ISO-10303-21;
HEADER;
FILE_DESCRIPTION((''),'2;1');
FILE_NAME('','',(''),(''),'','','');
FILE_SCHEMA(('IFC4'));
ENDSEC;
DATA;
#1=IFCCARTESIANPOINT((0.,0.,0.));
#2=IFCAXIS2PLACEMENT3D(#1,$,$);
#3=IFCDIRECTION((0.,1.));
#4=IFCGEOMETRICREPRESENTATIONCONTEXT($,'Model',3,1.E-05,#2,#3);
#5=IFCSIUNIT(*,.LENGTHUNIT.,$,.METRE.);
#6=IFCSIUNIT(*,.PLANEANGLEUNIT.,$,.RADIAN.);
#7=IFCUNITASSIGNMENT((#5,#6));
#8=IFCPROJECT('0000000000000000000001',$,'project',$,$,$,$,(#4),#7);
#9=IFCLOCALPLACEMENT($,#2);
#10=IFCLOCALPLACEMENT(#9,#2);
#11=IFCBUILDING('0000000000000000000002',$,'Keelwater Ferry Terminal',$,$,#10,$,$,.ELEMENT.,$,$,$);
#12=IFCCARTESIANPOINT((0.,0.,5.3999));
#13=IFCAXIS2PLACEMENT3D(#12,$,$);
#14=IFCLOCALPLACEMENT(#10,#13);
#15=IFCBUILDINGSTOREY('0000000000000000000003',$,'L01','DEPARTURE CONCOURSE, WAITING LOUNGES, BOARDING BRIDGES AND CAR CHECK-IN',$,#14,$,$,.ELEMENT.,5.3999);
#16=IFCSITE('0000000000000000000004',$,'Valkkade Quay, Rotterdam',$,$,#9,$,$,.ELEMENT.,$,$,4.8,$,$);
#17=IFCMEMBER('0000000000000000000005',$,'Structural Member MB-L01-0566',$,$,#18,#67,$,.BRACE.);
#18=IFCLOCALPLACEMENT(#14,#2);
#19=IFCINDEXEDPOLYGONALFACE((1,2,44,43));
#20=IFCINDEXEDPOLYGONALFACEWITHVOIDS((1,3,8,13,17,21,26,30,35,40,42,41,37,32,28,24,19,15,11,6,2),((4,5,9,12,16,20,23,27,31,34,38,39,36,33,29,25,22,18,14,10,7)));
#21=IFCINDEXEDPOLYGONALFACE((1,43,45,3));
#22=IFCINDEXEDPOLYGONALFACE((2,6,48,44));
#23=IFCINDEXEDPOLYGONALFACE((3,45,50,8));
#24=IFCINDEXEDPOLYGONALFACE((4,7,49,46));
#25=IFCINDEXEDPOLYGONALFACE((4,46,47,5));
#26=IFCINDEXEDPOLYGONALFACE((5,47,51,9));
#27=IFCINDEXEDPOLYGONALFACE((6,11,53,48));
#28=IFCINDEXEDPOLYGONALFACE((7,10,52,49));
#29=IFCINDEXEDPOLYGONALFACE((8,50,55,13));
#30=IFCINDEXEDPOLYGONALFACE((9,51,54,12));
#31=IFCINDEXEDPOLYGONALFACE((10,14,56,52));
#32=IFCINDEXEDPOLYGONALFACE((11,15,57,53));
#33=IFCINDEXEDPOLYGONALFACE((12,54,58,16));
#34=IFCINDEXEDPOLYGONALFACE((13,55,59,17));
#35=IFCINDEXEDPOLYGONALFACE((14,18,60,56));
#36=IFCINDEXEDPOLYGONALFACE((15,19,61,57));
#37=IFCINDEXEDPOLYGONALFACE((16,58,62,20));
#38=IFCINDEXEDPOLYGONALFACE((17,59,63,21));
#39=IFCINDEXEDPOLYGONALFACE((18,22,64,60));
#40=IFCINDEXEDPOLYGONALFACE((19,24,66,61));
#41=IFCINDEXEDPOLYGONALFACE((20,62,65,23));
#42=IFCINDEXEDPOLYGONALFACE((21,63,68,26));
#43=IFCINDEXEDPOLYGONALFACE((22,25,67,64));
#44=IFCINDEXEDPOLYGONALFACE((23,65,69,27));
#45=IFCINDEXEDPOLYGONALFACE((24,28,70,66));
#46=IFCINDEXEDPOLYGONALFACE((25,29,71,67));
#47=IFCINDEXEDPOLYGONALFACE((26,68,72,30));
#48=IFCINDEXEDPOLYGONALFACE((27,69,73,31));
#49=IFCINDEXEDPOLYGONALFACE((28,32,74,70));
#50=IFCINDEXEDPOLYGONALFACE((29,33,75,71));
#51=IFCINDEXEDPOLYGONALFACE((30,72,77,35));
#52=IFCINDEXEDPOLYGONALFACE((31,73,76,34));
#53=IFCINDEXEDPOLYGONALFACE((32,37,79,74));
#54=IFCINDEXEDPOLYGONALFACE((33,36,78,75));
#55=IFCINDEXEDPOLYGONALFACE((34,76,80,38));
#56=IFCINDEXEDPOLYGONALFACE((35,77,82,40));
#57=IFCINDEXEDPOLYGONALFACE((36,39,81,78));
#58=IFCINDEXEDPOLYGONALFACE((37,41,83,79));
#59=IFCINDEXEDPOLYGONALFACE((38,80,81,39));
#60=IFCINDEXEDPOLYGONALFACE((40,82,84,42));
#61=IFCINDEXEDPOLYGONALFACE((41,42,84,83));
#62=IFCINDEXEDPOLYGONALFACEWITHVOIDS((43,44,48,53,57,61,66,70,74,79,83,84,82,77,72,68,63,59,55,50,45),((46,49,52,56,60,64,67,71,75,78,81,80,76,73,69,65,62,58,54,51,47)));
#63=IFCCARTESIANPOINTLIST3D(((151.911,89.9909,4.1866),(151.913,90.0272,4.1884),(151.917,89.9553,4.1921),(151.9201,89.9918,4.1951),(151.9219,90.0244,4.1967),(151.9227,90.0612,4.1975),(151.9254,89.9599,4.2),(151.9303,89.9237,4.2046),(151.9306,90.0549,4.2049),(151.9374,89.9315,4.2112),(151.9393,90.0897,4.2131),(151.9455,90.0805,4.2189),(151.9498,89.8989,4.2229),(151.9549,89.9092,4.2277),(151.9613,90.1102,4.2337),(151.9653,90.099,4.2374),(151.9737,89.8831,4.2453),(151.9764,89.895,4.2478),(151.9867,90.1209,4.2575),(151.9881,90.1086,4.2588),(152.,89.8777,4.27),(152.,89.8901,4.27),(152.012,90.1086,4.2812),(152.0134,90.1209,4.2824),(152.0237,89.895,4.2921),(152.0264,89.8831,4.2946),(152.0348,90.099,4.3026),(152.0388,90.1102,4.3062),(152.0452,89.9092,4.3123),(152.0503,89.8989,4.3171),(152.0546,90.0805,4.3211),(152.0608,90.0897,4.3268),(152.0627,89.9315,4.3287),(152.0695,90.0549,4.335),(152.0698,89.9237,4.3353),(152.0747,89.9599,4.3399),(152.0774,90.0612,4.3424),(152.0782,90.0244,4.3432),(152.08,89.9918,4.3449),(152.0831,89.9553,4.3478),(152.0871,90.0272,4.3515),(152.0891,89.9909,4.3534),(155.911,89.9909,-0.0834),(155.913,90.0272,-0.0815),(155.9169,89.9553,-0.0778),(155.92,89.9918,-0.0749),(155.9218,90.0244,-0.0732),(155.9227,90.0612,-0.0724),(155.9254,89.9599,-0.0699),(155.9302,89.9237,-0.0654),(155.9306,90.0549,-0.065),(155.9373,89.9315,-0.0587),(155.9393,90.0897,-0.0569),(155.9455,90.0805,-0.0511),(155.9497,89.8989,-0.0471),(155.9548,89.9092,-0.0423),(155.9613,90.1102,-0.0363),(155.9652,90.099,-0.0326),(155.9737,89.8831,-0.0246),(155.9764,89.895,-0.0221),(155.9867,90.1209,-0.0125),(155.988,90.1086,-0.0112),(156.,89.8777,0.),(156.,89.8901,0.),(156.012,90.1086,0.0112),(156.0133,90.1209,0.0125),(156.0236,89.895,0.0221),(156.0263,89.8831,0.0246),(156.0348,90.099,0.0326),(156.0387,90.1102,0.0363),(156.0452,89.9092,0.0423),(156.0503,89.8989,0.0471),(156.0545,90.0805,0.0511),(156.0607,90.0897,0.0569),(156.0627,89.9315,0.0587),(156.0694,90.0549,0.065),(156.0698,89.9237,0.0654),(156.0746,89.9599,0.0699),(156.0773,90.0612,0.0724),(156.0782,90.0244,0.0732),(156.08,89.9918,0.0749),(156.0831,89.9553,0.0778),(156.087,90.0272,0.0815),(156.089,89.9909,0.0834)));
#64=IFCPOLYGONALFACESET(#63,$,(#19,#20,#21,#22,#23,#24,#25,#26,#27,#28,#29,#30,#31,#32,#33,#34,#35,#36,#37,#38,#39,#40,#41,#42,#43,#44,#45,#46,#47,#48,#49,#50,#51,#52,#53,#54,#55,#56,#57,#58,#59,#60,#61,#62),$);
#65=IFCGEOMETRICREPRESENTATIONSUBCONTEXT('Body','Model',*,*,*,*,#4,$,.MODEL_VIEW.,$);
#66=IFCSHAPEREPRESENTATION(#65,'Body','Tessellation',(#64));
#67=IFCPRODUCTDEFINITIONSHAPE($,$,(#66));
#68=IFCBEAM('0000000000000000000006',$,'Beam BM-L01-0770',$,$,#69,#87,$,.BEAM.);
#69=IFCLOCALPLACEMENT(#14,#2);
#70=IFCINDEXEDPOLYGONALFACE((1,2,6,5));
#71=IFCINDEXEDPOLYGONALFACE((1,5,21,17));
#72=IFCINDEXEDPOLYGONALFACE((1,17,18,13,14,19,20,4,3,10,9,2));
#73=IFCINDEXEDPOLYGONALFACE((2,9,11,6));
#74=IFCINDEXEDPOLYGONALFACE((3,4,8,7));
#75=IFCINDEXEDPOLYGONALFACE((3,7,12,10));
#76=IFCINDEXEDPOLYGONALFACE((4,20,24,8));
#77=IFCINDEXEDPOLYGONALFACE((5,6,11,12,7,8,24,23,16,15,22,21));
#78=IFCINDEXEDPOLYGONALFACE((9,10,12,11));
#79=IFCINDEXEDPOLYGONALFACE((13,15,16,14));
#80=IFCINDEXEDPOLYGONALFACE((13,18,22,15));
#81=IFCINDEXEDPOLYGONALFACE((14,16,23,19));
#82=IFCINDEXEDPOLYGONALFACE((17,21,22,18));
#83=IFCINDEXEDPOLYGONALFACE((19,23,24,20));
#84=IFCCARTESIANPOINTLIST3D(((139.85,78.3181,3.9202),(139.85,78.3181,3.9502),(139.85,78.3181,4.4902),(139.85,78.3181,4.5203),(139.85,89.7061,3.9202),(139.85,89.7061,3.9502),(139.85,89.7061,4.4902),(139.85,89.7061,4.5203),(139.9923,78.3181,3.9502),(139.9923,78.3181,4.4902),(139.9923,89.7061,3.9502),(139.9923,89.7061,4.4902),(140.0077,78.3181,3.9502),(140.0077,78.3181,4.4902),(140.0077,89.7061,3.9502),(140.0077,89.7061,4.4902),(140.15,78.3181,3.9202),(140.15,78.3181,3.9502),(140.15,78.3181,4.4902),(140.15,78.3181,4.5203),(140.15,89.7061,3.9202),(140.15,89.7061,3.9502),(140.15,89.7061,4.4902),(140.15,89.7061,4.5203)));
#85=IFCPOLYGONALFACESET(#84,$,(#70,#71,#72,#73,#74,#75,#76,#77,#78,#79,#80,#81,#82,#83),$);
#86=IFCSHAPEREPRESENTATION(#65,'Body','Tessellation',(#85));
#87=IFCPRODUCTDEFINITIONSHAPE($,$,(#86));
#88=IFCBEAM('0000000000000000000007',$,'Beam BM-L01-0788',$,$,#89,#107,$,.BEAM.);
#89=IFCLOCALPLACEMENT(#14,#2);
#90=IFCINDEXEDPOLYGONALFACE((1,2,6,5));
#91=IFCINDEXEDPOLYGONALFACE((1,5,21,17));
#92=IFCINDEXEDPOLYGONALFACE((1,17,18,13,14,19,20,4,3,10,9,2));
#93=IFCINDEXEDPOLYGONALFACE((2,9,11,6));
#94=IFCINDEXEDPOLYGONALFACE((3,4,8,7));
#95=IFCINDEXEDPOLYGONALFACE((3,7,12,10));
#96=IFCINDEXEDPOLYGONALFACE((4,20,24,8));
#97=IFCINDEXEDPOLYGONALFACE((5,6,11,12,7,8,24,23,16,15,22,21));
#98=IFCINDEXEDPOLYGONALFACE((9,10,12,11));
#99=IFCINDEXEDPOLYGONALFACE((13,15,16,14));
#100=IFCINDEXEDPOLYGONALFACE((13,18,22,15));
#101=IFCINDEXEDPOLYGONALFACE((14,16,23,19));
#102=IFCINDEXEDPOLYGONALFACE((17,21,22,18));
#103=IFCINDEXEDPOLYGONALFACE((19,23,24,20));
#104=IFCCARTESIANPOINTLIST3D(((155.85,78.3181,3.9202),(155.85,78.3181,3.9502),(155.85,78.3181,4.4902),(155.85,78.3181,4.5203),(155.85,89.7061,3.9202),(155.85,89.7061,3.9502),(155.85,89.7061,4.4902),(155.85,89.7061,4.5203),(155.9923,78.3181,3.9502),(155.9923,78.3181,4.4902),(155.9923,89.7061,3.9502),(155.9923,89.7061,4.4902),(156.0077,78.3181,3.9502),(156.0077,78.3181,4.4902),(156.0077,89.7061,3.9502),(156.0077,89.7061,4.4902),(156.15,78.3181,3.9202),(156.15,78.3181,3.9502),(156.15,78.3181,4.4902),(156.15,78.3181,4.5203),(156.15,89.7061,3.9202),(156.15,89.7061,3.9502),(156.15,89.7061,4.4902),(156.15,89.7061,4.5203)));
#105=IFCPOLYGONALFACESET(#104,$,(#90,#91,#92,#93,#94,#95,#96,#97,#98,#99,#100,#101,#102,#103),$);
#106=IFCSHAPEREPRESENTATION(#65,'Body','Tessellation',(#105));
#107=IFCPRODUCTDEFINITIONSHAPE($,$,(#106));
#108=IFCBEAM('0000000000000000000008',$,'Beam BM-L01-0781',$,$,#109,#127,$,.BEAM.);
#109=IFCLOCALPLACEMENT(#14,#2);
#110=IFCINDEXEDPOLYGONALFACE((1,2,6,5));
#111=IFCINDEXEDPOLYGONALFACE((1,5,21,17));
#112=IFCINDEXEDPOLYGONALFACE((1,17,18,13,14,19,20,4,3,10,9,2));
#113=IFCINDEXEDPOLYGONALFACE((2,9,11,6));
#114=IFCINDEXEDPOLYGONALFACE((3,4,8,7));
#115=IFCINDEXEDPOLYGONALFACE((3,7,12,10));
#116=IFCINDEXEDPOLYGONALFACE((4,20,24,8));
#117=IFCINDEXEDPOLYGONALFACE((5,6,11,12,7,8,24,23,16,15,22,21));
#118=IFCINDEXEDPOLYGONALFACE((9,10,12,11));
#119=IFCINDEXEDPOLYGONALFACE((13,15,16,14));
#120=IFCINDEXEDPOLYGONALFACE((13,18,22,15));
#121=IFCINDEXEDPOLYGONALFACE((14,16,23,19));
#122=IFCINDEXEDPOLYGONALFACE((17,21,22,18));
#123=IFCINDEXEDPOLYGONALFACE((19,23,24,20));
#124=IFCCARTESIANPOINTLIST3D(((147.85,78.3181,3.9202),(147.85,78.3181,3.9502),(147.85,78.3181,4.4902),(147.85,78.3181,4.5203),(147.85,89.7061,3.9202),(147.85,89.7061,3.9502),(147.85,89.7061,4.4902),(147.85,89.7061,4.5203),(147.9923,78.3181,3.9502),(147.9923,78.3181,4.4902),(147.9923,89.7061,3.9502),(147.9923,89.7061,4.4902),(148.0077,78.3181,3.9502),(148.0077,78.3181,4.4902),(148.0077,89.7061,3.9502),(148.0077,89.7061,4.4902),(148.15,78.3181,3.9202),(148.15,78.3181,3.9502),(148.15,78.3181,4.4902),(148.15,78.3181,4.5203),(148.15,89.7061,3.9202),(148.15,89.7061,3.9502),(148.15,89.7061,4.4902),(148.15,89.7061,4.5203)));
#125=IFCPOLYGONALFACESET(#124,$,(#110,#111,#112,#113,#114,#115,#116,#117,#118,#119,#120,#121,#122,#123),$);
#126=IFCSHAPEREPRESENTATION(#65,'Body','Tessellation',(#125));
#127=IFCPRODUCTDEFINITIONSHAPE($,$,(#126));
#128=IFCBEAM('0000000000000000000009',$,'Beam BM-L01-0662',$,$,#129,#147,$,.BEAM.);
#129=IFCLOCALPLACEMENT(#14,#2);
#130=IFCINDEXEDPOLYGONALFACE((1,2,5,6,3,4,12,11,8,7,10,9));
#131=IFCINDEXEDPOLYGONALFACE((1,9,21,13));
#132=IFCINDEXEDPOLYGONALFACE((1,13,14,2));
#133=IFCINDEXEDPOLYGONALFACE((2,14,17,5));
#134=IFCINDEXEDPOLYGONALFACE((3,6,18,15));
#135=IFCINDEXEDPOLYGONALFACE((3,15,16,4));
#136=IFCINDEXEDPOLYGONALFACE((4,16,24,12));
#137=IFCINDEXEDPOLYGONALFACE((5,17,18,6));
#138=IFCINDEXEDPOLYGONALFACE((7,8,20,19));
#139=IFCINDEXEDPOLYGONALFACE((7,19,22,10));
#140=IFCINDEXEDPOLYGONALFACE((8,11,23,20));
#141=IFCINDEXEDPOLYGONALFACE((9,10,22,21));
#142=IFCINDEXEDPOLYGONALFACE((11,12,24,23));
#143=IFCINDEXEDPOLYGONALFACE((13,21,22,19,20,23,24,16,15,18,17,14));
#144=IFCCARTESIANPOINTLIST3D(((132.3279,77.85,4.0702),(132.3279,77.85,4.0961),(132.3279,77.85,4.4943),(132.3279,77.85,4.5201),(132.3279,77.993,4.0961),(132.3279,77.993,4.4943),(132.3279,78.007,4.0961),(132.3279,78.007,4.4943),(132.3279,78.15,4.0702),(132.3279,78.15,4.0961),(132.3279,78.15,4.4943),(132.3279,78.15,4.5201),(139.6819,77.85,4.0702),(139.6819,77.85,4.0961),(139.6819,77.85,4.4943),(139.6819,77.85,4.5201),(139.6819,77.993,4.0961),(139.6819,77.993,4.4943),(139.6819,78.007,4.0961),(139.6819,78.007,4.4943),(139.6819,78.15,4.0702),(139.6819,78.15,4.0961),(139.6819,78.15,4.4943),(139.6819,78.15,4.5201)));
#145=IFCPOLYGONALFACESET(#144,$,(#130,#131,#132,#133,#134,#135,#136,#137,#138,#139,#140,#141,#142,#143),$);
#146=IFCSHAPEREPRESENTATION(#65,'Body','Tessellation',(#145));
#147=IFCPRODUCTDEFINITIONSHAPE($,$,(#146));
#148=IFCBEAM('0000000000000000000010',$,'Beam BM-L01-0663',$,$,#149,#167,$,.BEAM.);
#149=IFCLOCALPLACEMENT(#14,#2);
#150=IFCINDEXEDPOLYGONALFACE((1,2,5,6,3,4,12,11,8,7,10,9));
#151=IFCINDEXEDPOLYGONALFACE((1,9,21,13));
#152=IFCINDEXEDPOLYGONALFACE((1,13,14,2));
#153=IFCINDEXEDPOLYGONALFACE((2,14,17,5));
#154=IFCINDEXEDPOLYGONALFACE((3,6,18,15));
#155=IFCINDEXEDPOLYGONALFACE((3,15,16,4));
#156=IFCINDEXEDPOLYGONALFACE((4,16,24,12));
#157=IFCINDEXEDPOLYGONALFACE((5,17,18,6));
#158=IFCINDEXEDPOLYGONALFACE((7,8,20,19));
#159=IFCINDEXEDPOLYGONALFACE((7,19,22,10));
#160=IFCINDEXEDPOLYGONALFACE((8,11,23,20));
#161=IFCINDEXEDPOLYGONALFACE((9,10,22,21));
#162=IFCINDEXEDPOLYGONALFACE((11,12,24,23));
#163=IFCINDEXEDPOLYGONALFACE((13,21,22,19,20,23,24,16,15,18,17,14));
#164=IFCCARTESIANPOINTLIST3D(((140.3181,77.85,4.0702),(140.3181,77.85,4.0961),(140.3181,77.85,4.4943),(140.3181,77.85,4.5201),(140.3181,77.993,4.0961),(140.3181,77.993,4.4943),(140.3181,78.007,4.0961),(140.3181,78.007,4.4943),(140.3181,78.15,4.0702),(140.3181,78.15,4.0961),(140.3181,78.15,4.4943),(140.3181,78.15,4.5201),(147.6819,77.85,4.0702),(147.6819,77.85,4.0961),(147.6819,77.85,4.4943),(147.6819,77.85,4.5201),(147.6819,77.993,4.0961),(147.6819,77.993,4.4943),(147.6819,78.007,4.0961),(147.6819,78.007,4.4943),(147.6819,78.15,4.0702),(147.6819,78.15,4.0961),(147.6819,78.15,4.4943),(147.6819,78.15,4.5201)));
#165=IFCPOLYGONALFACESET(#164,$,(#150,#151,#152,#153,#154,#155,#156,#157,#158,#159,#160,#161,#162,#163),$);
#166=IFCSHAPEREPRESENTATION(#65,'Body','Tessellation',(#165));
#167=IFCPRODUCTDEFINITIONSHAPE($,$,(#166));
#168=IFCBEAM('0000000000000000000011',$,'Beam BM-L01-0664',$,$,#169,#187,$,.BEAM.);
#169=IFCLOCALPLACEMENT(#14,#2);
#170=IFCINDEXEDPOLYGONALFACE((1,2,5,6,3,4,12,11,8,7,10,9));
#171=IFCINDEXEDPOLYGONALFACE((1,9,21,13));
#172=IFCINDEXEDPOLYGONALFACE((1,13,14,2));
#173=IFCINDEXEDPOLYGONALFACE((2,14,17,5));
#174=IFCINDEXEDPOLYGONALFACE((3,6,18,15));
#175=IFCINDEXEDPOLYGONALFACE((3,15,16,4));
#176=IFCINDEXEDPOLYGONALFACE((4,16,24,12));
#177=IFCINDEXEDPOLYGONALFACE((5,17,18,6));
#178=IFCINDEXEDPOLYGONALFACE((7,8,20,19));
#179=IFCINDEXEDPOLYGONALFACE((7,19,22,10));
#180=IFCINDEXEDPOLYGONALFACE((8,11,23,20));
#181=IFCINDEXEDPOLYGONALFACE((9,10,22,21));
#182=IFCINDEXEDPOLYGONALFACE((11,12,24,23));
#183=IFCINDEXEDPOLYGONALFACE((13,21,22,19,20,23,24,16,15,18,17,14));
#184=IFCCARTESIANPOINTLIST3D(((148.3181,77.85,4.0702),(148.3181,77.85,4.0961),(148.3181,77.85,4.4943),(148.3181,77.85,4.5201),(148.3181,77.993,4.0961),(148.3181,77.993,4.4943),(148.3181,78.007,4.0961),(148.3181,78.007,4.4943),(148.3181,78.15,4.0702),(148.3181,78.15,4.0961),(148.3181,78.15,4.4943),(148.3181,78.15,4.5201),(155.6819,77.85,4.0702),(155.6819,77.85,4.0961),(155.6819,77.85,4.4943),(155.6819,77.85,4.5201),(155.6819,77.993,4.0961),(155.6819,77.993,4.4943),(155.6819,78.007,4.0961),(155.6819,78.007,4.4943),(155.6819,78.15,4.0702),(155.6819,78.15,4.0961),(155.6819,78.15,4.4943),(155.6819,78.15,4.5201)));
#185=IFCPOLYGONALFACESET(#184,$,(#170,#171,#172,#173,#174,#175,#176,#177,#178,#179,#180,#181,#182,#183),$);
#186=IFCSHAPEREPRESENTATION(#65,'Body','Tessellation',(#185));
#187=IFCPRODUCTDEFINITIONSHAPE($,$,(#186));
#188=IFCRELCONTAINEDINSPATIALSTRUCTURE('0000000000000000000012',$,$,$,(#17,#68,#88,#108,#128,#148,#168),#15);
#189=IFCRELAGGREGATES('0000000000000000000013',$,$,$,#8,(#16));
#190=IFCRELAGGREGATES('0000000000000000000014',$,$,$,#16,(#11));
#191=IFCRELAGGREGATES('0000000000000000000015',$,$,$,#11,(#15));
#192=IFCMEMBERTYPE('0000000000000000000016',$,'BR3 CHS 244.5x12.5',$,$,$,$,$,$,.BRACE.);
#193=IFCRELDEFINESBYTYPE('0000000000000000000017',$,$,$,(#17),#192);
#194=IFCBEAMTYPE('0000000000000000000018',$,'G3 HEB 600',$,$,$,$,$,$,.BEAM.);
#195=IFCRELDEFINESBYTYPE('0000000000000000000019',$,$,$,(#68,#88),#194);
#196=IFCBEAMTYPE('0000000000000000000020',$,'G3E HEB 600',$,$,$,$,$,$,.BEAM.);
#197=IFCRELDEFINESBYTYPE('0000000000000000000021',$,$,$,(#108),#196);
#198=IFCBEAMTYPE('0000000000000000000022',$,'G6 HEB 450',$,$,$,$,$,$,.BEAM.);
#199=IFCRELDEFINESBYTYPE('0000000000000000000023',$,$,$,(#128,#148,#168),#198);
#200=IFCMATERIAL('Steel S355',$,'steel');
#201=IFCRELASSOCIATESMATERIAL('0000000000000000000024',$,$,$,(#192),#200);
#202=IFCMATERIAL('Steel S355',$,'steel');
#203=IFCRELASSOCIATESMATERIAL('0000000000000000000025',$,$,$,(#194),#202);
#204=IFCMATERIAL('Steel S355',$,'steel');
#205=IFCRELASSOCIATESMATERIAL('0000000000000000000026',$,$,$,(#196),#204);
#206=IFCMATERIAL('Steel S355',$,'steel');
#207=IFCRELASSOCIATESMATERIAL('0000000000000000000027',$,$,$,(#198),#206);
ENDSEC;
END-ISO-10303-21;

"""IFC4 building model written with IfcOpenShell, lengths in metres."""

from ifc_helpers import new_model, si_unit, direction, frame, origin, origin_2d, place, context, subcontext, project, spatial, hollow_circle, i_section, extrude, material, material_profile, profile_set, type_object, element, save


model = new_model("IFC4")

# Units and contexts
model_context = context("Model", 3, precision=1e-05, world=origin(), true_north=direction((0.0, 1.0)))
body_context = subcontext(model_context, "Body", "Model", "MODEL_VIEW")
ifc_project = project(units=[si_unit("LENGTHUNIT", "METRE"), si_unit("PLANEANGLEUNIT", "RADIAN")], contexts=[model_context])

# Site, building, storey
site_placement = place(None, origin())
site = spatial("IfcSite", under=ifc_project, at=site_placement, Name="Valkkade Quay, Rotterdam", CompositionType="ELEMENT", RefElevation=4.8)
building_placement = place(site_placement, origin())
building = spatial("IfcBuilding", under=site, at=building_placement, Name="Keelwater Ferry Terminal", CompositionType="ELEMENT")
storey_placement = place(building_placement, frame((0.0, 0.0, 5.3999)))
storey = spatial("IfcBuildingStorey", under=building, at=storey_placement, Name="L01", Description="DEPARTURE CONCOURSE, WAITING LOUNGES, BOARDING BRIDGES AND CAR CHECK-IN", CompositionType="ELEMENT", Elevation=5.3999)

# Member
ifc_material_1 = material(Name="Steel S355", Category="steel")
ifc_material_profile_1 = material_profile(ifc_material_1, hollow_circle(Radius=0.1223, WallThickness=0.0125, at=origin_2d()), Name="CHS 244.5x12.5")
ifc_profile_set_1 = profile_set([ifc_material_profile_1], Name="Steel S355")
member_type_1 = type_object("IfcMemberType", Name="BR3 CHS 244.5x12.5", PredefinedType="BRACE", material=ifc_profile_set_1)
for number, where, z_axis, x_axis, name in (
    (1, (156.0, 90.0, 0.0), (-0.683655, 0.0, 0.729805), (0.0, -1.0, 0.0), "Structural Member MB-L01-0566"),
):
    element("IfcMember", number, at=place(storey_placement, frame(where, z_axis=z_axis, x_axis=x_axis)), inside=storey, type_object=member_type_1, Name=name, PredefinedType="BRACE", context=body_context, shape_type="SweptSolid", body=[
        extrude(hollow_circle(Radius=0.1223, WallThickness=0.0125, at=origin_2d()), origin(), (0.0, 0.0, 1.0), 5.8508),
    ])

# Beams
ifc_material_2 = material(Name="Steel S355", Category="steel")
ifc_material_profile_2 = material_profile(ifc_material_2, i_section(OverallWidth=0.3, OverallDepth=0.6001, WebThickness=0.0154, FlangeThickness=0.03, at=origin_2d()), Name="HEB 600")
ifc_profile_set_2 = profile_set([ifc_material_profile_2], Name="Steel S355")
beam_type_1 = type_object("IfcBeamType", Name="G3 HEB 600", PredefinedType="BEAM", material=ifc_profile_set_2)
for number, where, z_axis, x_axis, name in (
    (2, (140.0, 78.3181, 4.2202), (0.0, 1.0, 0.0), (-1.0, 0.0, 0.0), "Beam BM-L01-0770"),
    (3, (156.0, 78.3181, 4.2202), (0.0, 1.0, 0.0), (-1.0, 0.0, 0.0), "Beam BM-L01-0788"),
):
    element("IfcBeam", number, at=place(storey_placement, frame(where, z_axis=z_axis, x_axis=x_axis)), inside=storey, type_object=beam_type_1, Name=name, PredefinedType="BEAM", context=body_context, shape_type="SweptSolid", body=[
        extrude(i_section(OverallWidth=0.3, OverallDepth=0.6001, WebThickness=0.0154, FlangeThickness=0.03, at=origin_2d()), origin(), (0.0, 0.0, 1.0), 11.3879),
    ])
ifc_material_3 = material(Name="Steel S355", Category="steel")
ifc_material_profile_3 = material_profile(ifc_material_3, i_section(OverallWidth=0.3, OverallDepth=0.6001, WebThickness=0.0154, FlangeThickness=0.03, at=origin_2d()), Name="HEB 600")
ifc_profile_set_3 = profile_set([ifc_material_profile_3], Name="Steel S355")
beam_type_2 = type_object("IfcBeamType", Name="G3E HEB 600", PredefinedType="BEAM", material=ifc_profile_set_3)
beam_1_placement = place(storey_placement, frame((148.0, 78.3181, 4.2202), z_axis=(0.0, 1.0, 0.0), x_axis=(-1.0, 0.0, 0.0)))
element("IfcBeam", 4, at=beam_1_placement, inside=storey, type_object=beam_type_2, Name="Beam BM-L01-0781", PredefinedType="BEAM", context=body_context, shape_type="SweptSolid", body=[
    extrude(i_section(OverallWidth=0.3, OverallDepth=0.6001, WebThickness=0.0154, FlangeThickness=0.03, at=origin_2d()), origin(), (0.0, 0.0, 1.0), 11.3879),
])
ifc_material_4 = material(Name="Steel S355", Category="steel")
ifc_material_profile_4 = material_profile(ifc_material_4, i_section(OverallWidth=0.3, OverallDepth=0.45, WebThickness=0.0139, FlangeThickness=0.0259, at=origin_2d()), Name="HEB 450")
ifc_profile_set_4 = profile_set([ifc_material_profile_4], Name="Steel S355")
beam_type_3 = type_object("IfcBeamType", Name="G6 HEB 450", PredefinedType="BEAM", material=ifc_profile_set_4)
beam_2_placement = place(storey_placement, frame((132.3279, 78.0, 4.2952), z_axis=(1.0, 0.0, 0.0), x_axis=(0.0, 1.0, 0.0)))
element("IfcBeam", 5, at=beam_2_placement, inside=storey, type_object=beam_type_3, Name="Beam BM-L01-0662", PredefinedType="BEAM", context=body_context, shape_type="SweptSolid", body=[
    extrude(i_section(OverallWidth=0.3, OverallDepth=0.45, WebThickness=0.0139, FlangeThickness=0.0259, at=origin_2d()), origin(), (0.0, 0.0, 1.0), 7.354),
])
for number, where, z_axis, x_axis, name in (
    (6, (140.3181, 78.0, 4.2952), (1.0, 0.0, 0.0), (0.0, 1.0, 0.0), "Beam BM-L01-0663"),
    (7, (148.3181, 78.0, 4.2952), (1.0, 0.0, 0.0), (0.0, 1.0, 0.0), "Beam BM-L01-0664"),
):
    element("IfcBeam", number, at=place(storey_placement, frame(where, z_axis=z_axis, x_axis=x_axis)), inside=storey, type_object=beam_type_3, Name=name, PredefinedType="BEAM", context=body_context, shape_type="SweptSolid", body=[
        extrude(i_section(OverallWidth=0.3, OverallDepth=0.45, WebThickness=0.0139, FlangeThickness=0.0259, at=origin_2d()), origin(), (0.0, 0.0, 1.0), 7.3638),
    ])

save(model, "model.ifc")
